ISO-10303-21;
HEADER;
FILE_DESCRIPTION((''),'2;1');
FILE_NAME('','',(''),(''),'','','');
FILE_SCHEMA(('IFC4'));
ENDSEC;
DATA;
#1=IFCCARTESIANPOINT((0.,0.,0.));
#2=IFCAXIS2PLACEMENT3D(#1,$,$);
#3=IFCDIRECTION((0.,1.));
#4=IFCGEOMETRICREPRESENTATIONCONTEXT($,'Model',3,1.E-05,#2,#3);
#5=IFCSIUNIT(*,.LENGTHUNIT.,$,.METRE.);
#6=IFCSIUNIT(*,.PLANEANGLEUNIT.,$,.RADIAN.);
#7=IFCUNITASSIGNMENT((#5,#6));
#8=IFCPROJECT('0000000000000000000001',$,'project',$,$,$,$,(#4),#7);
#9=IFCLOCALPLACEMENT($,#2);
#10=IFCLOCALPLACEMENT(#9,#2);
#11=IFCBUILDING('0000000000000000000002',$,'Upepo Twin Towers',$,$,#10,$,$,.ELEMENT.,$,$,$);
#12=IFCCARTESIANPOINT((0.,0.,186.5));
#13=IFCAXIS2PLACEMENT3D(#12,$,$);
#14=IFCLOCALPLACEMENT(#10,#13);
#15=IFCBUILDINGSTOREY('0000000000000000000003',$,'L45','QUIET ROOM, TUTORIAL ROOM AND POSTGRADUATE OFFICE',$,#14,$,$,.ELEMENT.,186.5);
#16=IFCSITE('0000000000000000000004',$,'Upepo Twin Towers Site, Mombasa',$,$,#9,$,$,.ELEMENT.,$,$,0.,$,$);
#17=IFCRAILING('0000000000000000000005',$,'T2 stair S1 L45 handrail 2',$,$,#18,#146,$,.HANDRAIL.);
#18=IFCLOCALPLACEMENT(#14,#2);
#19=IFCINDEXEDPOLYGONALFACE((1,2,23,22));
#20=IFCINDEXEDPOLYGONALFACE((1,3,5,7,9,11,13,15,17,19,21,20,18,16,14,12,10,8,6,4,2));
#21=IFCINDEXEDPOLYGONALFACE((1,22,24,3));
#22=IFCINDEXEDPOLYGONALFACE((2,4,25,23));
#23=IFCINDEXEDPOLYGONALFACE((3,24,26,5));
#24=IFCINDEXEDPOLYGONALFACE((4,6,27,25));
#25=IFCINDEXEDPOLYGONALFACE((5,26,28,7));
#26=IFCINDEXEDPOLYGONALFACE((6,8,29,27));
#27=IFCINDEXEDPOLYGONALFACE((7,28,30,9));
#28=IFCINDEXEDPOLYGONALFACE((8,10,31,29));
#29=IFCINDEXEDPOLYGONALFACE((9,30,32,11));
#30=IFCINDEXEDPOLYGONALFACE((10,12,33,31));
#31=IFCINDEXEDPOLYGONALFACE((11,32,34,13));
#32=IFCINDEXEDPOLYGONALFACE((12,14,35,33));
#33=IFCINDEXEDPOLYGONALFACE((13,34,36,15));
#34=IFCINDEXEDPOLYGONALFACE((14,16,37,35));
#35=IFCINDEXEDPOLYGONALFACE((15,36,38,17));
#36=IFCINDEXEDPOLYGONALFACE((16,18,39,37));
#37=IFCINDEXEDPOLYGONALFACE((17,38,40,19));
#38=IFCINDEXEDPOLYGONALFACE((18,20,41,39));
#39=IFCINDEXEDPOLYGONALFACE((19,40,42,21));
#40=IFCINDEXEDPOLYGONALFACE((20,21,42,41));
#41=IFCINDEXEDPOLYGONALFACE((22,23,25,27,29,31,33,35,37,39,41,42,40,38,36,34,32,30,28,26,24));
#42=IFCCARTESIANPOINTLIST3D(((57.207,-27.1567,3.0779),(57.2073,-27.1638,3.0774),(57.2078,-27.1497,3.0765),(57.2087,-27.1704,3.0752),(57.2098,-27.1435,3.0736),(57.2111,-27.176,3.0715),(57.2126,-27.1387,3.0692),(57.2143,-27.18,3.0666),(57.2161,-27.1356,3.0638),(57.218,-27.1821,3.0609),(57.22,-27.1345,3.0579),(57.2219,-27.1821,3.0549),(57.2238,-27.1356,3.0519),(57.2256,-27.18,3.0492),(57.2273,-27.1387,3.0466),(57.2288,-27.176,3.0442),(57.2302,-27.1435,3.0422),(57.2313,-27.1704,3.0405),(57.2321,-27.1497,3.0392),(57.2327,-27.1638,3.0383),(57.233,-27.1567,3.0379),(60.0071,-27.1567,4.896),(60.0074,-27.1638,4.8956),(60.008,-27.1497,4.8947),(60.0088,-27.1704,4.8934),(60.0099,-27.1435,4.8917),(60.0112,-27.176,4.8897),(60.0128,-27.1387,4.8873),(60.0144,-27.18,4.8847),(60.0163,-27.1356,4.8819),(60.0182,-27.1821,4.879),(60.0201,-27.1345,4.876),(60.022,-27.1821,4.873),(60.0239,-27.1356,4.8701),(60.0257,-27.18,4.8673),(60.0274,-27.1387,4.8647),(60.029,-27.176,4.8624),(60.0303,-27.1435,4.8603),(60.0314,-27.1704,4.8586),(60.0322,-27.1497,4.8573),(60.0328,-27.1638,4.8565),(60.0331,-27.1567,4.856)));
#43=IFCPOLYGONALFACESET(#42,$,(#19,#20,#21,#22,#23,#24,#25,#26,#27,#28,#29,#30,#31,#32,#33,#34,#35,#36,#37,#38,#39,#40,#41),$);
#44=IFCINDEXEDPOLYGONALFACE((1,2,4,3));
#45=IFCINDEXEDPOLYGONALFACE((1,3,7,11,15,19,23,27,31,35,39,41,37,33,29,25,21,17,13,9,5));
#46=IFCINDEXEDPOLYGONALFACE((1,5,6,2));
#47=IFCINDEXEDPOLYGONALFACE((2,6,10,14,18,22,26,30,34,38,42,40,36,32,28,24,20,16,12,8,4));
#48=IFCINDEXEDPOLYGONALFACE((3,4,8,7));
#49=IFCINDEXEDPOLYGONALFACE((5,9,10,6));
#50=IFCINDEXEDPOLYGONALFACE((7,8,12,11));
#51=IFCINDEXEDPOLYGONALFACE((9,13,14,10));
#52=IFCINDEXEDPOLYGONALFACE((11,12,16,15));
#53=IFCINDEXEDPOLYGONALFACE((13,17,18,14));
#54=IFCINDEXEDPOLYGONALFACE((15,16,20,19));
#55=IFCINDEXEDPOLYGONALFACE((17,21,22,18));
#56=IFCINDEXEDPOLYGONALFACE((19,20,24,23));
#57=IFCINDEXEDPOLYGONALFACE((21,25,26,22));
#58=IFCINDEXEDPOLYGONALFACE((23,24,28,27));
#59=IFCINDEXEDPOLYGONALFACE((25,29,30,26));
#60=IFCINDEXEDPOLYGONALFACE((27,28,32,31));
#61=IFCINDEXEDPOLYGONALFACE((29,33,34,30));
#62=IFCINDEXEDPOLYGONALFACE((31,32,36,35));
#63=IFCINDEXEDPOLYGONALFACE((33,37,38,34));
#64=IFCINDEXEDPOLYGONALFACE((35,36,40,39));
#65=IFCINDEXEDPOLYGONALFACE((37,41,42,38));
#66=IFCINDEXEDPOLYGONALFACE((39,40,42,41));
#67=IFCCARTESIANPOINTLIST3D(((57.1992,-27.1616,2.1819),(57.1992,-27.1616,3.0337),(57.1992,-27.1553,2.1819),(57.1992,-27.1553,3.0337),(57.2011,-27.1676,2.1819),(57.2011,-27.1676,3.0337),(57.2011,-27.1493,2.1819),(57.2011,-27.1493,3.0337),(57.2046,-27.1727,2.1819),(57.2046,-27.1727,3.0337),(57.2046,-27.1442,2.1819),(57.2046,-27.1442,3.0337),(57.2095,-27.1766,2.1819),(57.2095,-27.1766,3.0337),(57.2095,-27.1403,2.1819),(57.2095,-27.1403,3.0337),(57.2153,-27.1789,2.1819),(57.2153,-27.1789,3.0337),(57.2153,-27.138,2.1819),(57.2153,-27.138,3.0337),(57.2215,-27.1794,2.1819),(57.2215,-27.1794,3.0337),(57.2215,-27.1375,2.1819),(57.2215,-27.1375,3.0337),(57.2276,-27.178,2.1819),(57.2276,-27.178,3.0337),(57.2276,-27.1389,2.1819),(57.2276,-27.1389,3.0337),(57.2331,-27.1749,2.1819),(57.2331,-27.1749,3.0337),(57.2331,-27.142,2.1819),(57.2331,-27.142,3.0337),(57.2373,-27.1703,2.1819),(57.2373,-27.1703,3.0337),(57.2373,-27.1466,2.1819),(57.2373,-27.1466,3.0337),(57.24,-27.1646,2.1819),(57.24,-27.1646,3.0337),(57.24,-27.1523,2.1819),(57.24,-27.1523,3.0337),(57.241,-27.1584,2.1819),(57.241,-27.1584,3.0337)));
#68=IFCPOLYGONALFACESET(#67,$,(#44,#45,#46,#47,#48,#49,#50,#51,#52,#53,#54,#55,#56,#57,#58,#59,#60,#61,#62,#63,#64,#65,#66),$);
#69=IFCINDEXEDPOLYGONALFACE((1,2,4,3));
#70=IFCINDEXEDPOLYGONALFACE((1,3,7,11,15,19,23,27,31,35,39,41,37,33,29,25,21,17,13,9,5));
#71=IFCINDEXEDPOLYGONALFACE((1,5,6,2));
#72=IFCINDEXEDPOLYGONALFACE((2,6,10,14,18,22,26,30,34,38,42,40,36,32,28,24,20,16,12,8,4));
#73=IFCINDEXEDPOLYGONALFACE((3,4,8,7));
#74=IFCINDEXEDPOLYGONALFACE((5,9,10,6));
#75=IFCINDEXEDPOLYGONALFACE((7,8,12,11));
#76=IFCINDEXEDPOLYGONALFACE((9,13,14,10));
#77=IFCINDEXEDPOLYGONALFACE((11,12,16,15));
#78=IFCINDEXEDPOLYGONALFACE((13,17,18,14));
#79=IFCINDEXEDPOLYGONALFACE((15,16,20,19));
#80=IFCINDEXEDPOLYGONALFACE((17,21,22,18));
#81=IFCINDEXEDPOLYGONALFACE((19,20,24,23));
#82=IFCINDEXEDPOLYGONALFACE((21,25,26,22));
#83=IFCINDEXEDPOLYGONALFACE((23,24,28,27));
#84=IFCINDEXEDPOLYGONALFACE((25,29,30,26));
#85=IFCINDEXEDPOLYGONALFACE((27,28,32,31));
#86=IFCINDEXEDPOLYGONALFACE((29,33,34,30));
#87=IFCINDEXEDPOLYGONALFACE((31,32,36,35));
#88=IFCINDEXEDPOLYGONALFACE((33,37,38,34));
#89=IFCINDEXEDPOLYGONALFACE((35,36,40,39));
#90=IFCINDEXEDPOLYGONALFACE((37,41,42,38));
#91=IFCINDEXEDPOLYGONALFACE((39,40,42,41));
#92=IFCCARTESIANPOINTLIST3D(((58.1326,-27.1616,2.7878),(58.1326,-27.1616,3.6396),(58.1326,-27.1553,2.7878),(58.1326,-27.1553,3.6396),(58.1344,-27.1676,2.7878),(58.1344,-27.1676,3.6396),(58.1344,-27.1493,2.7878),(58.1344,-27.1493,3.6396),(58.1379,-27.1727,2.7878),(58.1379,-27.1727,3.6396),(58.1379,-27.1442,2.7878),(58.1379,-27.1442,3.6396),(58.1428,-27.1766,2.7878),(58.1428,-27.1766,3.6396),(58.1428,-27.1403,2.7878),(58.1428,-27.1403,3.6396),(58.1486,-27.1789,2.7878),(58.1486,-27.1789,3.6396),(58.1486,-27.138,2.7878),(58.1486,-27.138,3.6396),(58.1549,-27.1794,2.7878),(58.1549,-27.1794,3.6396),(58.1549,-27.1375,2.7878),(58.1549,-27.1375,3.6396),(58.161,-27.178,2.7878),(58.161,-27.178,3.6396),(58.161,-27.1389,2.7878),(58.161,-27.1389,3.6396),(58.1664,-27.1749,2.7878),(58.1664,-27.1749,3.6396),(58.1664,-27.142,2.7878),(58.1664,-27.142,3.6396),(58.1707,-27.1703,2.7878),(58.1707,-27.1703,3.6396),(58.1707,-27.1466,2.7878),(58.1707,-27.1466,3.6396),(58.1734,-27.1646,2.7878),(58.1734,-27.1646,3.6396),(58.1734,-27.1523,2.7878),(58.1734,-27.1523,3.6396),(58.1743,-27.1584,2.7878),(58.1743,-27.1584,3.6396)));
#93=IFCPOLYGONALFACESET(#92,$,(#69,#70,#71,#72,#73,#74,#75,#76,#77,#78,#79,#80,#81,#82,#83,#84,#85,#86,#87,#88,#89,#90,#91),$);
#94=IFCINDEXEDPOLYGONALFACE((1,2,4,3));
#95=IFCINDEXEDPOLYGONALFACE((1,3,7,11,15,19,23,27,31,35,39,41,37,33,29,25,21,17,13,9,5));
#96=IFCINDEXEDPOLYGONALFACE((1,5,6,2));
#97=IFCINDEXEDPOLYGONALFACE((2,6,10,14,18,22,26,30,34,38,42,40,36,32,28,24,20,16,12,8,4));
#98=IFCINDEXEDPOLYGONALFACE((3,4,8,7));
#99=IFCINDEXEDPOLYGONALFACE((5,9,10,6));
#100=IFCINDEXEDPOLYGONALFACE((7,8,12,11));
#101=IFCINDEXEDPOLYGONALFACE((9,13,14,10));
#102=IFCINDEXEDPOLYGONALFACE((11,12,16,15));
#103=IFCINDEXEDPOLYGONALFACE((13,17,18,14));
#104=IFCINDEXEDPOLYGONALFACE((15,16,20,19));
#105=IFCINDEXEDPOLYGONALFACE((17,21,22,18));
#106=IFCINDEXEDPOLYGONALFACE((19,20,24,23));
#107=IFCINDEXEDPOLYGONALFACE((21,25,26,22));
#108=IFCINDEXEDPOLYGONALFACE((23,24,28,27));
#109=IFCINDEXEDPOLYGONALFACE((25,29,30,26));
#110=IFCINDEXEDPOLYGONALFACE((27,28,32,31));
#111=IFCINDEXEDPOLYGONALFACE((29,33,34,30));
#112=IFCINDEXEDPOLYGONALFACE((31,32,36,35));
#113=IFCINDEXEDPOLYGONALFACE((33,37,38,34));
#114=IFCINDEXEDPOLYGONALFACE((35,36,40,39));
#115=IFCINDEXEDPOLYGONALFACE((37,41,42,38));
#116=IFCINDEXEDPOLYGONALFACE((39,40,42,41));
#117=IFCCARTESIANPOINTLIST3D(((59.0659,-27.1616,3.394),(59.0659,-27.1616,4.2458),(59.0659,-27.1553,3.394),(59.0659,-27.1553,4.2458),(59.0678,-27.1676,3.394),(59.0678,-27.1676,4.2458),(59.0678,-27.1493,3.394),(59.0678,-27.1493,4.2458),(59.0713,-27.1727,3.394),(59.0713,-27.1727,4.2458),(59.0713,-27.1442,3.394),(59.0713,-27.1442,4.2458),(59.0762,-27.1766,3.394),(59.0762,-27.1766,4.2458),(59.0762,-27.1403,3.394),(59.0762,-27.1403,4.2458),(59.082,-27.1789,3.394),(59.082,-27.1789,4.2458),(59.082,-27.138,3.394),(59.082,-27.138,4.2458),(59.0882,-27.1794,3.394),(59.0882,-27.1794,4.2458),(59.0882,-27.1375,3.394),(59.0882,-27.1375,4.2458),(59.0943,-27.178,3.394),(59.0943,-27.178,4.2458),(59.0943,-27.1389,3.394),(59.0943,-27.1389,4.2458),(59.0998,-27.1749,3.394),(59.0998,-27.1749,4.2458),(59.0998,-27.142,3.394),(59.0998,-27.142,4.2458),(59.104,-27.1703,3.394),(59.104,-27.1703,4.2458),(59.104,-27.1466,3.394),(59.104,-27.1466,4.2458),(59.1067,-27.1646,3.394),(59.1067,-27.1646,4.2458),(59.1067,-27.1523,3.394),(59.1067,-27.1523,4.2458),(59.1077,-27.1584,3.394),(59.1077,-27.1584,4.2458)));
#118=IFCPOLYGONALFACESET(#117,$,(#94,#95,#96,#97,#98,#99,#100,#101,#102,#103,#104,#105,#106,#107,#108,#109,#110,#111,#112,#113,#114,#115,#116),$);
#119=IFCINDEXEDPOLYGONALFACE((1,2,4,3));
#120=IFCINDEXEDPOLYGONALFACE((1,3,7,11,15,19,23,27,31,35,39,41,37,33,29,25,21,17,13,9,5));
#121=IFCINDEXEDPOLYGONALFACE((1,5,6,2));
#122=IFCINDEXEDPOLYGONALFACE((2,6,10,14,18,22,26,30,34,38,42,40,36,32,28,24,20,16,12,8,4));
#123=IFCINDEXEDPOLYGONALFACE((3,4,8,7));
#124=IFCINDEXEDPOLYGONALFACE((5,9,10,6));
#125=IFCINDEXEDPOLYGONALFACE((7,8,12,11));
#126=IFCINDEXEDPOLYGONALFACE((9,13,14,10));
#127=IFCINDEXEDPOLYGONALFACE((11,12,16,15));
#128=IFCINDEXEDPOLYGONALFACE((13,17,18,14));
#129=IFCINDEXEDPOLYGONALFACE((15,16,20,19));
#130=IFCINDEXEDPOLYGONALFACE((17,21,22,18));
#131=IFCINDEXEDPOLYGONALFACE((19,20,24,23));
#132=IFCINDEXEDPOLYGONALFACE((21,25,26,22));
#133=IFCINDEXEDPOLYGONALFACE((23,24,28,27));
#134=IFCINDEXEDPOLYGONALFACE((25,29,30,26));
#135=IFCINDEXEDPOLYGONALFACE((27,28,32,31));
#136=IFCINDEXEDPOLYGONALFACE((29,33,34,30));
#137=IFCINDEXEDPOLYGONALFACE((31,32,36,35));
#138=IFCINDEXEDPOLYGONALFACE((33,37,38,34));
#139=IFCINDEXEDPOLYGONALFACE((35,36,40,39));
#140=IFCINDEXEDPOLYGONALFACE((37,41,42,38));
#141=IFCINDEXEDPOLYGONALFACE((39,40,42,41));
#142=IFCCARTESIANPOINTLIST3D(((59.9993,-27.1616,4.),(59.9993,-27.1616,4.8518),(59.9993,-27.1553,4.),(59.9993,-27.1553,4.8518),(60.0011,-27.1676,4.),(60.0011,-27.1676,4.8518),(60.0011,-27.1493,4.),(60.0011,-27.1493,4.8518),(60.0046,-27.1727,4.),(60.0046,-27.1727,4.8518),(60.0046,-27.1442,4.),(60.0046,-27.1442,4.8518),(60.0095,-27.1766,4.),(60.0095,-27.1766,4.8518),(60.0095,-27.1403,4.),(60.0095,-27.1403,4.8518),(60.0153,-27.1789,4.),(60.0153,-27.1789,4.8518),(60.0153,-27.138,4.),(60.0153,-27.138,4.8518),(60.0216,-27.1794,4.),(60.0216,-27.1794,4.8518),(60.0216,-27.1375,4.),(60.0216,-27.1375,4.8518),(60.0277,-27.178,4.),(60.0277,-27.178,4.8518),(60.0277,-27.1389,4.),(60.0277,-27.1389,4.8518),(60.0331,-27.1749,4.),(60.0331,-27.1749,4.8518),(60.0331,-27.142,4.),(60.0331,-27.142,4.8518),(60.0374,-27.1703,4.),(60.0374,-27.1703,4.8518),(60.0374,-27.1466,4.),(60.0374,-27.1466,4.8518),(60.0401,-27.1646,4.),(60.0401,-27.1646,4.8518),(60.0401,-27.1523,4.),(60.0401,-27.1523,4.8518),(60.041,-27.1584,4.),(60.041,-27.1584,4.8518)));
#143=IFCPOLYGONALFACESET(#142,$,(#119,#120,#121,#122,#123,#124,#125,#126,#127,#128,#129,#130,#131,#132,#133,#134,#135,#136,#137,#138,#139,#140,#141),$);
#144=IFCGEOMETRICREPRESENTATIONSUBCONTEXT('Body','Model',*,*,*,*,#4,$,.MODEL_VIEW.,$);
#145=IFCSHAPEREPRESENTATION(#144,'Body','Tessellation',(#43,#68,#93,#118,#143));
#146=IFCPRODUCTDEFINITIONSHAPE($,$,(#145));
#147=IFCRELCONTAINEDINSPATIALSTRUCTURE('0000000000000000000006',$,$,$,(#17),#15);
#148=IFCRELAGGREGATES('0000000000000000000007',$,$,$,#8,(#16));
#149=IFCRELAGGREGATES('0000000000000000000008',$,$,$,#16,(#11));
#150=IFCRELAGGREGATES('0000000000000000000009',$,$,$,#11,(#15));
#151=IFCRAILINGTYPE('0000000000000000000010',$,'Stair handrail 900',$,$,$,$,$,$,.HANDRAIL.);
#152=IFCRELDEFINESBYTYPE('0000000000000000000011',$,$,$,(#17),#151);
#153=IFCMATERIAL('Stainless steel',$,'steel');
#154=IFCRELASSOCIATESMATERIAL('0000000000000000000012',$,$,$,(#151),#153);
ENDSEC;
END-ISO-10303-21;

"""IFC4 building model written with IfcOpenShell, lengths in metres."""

from ifc_helpers import new_model, si_unit, direction, frame, origin, origin_2d, place, context, subcontext, project, spatial, circle, extrude, material, type_object, element, save


model = new_model("IFC4")

# Units and contexts
model_context = context("Model", 3, precision=1e-05, world=origin(), true_north=direction((0.0, 1.0)))
body_context = subcontext(model_context, "Body", "Model", "MODEL_VIEW")
ifc_project = project(units=[si_unit("LENGTHUNIT", "METRE"), si_unit("PLANEANGLEUNIT", "RADIAN")], contexts=[model_context])

# Site, building, storey
site_placement = place(None, origin())
site = spatial("IfcSite", under=ifc_project, at=site_placement, Name="Upepo Twin Towers Site, Mombasa", CompositionType="ELEMENT", RefElevation=0.0)
building_placement = place(site_placement, origin())
building = spatial("IfcBuilding", under=site, at=building_placement, Name="Upepo Twin Towers", CompositionType="ELEMENT")
storey_placement = place(building_placement, frame((0.0, 0.0, 186.5)))
storey = spatial("IfcBuildingStorey", under=building, at=storey_placement, Name="L45", Description="QUIET ROOM, TUTORIAL ROOM AND POSTGRADUATE OFFICE", CompositionType="ELEMENT", Elevation=186.5)

# Railing
ifc_material_1 = material(Name="Stainless steel", Category="steel")
railing_type = type_object("IfcRailingType", Name="Stair handrail 900", PredefinedType="HANDRAIL", material=ifc_material_1)
railing_1_placement = place(storey_placement, frame((57.22, -27.1584, 2.1819)))
element("IfcRailing", 1, at=railing_1_placement, inside=storey, type_object=railing_type, Name="T2 stair S1 L45 handrail 2", PredefinedType="HANDRAIL", context=body_context, shape_type="SweptSolid", body=[
    extrude(circle(Radius=0.0239, at=origin_2d()), frame((0.0, 0.0, 0.876), z_axis=(0.838706, 0.0, 0.544585), x_axis=(0.0, 1.0, 0.0)), (0.0, 0.0, 1.0), 3.3386),
    extrude(circle(Radius=0.021, at=origin_2d()), origin(), (0.0, 0.0, 1.0), 0.8518),
    extrude(circle(Radius=0.021, at=origin_2d()), frame((0.9333, 0.0, 0.606)), (0.0, 0.0, 1.0), 0.8518),
    extrude(circle(Radius=0.021, at=origin_2d()), frame((1.8667, 0.0, 1.2122)), (0.0, 0.0, 1.0), 0.8518),
    extrude(circle(Radius=0.021, at=origin_2d()), frame((2.8, 0.0, 1.8181)), (0.0, 0.0, 1.0), 0.8518),
])

save(model, "model.ifc")
